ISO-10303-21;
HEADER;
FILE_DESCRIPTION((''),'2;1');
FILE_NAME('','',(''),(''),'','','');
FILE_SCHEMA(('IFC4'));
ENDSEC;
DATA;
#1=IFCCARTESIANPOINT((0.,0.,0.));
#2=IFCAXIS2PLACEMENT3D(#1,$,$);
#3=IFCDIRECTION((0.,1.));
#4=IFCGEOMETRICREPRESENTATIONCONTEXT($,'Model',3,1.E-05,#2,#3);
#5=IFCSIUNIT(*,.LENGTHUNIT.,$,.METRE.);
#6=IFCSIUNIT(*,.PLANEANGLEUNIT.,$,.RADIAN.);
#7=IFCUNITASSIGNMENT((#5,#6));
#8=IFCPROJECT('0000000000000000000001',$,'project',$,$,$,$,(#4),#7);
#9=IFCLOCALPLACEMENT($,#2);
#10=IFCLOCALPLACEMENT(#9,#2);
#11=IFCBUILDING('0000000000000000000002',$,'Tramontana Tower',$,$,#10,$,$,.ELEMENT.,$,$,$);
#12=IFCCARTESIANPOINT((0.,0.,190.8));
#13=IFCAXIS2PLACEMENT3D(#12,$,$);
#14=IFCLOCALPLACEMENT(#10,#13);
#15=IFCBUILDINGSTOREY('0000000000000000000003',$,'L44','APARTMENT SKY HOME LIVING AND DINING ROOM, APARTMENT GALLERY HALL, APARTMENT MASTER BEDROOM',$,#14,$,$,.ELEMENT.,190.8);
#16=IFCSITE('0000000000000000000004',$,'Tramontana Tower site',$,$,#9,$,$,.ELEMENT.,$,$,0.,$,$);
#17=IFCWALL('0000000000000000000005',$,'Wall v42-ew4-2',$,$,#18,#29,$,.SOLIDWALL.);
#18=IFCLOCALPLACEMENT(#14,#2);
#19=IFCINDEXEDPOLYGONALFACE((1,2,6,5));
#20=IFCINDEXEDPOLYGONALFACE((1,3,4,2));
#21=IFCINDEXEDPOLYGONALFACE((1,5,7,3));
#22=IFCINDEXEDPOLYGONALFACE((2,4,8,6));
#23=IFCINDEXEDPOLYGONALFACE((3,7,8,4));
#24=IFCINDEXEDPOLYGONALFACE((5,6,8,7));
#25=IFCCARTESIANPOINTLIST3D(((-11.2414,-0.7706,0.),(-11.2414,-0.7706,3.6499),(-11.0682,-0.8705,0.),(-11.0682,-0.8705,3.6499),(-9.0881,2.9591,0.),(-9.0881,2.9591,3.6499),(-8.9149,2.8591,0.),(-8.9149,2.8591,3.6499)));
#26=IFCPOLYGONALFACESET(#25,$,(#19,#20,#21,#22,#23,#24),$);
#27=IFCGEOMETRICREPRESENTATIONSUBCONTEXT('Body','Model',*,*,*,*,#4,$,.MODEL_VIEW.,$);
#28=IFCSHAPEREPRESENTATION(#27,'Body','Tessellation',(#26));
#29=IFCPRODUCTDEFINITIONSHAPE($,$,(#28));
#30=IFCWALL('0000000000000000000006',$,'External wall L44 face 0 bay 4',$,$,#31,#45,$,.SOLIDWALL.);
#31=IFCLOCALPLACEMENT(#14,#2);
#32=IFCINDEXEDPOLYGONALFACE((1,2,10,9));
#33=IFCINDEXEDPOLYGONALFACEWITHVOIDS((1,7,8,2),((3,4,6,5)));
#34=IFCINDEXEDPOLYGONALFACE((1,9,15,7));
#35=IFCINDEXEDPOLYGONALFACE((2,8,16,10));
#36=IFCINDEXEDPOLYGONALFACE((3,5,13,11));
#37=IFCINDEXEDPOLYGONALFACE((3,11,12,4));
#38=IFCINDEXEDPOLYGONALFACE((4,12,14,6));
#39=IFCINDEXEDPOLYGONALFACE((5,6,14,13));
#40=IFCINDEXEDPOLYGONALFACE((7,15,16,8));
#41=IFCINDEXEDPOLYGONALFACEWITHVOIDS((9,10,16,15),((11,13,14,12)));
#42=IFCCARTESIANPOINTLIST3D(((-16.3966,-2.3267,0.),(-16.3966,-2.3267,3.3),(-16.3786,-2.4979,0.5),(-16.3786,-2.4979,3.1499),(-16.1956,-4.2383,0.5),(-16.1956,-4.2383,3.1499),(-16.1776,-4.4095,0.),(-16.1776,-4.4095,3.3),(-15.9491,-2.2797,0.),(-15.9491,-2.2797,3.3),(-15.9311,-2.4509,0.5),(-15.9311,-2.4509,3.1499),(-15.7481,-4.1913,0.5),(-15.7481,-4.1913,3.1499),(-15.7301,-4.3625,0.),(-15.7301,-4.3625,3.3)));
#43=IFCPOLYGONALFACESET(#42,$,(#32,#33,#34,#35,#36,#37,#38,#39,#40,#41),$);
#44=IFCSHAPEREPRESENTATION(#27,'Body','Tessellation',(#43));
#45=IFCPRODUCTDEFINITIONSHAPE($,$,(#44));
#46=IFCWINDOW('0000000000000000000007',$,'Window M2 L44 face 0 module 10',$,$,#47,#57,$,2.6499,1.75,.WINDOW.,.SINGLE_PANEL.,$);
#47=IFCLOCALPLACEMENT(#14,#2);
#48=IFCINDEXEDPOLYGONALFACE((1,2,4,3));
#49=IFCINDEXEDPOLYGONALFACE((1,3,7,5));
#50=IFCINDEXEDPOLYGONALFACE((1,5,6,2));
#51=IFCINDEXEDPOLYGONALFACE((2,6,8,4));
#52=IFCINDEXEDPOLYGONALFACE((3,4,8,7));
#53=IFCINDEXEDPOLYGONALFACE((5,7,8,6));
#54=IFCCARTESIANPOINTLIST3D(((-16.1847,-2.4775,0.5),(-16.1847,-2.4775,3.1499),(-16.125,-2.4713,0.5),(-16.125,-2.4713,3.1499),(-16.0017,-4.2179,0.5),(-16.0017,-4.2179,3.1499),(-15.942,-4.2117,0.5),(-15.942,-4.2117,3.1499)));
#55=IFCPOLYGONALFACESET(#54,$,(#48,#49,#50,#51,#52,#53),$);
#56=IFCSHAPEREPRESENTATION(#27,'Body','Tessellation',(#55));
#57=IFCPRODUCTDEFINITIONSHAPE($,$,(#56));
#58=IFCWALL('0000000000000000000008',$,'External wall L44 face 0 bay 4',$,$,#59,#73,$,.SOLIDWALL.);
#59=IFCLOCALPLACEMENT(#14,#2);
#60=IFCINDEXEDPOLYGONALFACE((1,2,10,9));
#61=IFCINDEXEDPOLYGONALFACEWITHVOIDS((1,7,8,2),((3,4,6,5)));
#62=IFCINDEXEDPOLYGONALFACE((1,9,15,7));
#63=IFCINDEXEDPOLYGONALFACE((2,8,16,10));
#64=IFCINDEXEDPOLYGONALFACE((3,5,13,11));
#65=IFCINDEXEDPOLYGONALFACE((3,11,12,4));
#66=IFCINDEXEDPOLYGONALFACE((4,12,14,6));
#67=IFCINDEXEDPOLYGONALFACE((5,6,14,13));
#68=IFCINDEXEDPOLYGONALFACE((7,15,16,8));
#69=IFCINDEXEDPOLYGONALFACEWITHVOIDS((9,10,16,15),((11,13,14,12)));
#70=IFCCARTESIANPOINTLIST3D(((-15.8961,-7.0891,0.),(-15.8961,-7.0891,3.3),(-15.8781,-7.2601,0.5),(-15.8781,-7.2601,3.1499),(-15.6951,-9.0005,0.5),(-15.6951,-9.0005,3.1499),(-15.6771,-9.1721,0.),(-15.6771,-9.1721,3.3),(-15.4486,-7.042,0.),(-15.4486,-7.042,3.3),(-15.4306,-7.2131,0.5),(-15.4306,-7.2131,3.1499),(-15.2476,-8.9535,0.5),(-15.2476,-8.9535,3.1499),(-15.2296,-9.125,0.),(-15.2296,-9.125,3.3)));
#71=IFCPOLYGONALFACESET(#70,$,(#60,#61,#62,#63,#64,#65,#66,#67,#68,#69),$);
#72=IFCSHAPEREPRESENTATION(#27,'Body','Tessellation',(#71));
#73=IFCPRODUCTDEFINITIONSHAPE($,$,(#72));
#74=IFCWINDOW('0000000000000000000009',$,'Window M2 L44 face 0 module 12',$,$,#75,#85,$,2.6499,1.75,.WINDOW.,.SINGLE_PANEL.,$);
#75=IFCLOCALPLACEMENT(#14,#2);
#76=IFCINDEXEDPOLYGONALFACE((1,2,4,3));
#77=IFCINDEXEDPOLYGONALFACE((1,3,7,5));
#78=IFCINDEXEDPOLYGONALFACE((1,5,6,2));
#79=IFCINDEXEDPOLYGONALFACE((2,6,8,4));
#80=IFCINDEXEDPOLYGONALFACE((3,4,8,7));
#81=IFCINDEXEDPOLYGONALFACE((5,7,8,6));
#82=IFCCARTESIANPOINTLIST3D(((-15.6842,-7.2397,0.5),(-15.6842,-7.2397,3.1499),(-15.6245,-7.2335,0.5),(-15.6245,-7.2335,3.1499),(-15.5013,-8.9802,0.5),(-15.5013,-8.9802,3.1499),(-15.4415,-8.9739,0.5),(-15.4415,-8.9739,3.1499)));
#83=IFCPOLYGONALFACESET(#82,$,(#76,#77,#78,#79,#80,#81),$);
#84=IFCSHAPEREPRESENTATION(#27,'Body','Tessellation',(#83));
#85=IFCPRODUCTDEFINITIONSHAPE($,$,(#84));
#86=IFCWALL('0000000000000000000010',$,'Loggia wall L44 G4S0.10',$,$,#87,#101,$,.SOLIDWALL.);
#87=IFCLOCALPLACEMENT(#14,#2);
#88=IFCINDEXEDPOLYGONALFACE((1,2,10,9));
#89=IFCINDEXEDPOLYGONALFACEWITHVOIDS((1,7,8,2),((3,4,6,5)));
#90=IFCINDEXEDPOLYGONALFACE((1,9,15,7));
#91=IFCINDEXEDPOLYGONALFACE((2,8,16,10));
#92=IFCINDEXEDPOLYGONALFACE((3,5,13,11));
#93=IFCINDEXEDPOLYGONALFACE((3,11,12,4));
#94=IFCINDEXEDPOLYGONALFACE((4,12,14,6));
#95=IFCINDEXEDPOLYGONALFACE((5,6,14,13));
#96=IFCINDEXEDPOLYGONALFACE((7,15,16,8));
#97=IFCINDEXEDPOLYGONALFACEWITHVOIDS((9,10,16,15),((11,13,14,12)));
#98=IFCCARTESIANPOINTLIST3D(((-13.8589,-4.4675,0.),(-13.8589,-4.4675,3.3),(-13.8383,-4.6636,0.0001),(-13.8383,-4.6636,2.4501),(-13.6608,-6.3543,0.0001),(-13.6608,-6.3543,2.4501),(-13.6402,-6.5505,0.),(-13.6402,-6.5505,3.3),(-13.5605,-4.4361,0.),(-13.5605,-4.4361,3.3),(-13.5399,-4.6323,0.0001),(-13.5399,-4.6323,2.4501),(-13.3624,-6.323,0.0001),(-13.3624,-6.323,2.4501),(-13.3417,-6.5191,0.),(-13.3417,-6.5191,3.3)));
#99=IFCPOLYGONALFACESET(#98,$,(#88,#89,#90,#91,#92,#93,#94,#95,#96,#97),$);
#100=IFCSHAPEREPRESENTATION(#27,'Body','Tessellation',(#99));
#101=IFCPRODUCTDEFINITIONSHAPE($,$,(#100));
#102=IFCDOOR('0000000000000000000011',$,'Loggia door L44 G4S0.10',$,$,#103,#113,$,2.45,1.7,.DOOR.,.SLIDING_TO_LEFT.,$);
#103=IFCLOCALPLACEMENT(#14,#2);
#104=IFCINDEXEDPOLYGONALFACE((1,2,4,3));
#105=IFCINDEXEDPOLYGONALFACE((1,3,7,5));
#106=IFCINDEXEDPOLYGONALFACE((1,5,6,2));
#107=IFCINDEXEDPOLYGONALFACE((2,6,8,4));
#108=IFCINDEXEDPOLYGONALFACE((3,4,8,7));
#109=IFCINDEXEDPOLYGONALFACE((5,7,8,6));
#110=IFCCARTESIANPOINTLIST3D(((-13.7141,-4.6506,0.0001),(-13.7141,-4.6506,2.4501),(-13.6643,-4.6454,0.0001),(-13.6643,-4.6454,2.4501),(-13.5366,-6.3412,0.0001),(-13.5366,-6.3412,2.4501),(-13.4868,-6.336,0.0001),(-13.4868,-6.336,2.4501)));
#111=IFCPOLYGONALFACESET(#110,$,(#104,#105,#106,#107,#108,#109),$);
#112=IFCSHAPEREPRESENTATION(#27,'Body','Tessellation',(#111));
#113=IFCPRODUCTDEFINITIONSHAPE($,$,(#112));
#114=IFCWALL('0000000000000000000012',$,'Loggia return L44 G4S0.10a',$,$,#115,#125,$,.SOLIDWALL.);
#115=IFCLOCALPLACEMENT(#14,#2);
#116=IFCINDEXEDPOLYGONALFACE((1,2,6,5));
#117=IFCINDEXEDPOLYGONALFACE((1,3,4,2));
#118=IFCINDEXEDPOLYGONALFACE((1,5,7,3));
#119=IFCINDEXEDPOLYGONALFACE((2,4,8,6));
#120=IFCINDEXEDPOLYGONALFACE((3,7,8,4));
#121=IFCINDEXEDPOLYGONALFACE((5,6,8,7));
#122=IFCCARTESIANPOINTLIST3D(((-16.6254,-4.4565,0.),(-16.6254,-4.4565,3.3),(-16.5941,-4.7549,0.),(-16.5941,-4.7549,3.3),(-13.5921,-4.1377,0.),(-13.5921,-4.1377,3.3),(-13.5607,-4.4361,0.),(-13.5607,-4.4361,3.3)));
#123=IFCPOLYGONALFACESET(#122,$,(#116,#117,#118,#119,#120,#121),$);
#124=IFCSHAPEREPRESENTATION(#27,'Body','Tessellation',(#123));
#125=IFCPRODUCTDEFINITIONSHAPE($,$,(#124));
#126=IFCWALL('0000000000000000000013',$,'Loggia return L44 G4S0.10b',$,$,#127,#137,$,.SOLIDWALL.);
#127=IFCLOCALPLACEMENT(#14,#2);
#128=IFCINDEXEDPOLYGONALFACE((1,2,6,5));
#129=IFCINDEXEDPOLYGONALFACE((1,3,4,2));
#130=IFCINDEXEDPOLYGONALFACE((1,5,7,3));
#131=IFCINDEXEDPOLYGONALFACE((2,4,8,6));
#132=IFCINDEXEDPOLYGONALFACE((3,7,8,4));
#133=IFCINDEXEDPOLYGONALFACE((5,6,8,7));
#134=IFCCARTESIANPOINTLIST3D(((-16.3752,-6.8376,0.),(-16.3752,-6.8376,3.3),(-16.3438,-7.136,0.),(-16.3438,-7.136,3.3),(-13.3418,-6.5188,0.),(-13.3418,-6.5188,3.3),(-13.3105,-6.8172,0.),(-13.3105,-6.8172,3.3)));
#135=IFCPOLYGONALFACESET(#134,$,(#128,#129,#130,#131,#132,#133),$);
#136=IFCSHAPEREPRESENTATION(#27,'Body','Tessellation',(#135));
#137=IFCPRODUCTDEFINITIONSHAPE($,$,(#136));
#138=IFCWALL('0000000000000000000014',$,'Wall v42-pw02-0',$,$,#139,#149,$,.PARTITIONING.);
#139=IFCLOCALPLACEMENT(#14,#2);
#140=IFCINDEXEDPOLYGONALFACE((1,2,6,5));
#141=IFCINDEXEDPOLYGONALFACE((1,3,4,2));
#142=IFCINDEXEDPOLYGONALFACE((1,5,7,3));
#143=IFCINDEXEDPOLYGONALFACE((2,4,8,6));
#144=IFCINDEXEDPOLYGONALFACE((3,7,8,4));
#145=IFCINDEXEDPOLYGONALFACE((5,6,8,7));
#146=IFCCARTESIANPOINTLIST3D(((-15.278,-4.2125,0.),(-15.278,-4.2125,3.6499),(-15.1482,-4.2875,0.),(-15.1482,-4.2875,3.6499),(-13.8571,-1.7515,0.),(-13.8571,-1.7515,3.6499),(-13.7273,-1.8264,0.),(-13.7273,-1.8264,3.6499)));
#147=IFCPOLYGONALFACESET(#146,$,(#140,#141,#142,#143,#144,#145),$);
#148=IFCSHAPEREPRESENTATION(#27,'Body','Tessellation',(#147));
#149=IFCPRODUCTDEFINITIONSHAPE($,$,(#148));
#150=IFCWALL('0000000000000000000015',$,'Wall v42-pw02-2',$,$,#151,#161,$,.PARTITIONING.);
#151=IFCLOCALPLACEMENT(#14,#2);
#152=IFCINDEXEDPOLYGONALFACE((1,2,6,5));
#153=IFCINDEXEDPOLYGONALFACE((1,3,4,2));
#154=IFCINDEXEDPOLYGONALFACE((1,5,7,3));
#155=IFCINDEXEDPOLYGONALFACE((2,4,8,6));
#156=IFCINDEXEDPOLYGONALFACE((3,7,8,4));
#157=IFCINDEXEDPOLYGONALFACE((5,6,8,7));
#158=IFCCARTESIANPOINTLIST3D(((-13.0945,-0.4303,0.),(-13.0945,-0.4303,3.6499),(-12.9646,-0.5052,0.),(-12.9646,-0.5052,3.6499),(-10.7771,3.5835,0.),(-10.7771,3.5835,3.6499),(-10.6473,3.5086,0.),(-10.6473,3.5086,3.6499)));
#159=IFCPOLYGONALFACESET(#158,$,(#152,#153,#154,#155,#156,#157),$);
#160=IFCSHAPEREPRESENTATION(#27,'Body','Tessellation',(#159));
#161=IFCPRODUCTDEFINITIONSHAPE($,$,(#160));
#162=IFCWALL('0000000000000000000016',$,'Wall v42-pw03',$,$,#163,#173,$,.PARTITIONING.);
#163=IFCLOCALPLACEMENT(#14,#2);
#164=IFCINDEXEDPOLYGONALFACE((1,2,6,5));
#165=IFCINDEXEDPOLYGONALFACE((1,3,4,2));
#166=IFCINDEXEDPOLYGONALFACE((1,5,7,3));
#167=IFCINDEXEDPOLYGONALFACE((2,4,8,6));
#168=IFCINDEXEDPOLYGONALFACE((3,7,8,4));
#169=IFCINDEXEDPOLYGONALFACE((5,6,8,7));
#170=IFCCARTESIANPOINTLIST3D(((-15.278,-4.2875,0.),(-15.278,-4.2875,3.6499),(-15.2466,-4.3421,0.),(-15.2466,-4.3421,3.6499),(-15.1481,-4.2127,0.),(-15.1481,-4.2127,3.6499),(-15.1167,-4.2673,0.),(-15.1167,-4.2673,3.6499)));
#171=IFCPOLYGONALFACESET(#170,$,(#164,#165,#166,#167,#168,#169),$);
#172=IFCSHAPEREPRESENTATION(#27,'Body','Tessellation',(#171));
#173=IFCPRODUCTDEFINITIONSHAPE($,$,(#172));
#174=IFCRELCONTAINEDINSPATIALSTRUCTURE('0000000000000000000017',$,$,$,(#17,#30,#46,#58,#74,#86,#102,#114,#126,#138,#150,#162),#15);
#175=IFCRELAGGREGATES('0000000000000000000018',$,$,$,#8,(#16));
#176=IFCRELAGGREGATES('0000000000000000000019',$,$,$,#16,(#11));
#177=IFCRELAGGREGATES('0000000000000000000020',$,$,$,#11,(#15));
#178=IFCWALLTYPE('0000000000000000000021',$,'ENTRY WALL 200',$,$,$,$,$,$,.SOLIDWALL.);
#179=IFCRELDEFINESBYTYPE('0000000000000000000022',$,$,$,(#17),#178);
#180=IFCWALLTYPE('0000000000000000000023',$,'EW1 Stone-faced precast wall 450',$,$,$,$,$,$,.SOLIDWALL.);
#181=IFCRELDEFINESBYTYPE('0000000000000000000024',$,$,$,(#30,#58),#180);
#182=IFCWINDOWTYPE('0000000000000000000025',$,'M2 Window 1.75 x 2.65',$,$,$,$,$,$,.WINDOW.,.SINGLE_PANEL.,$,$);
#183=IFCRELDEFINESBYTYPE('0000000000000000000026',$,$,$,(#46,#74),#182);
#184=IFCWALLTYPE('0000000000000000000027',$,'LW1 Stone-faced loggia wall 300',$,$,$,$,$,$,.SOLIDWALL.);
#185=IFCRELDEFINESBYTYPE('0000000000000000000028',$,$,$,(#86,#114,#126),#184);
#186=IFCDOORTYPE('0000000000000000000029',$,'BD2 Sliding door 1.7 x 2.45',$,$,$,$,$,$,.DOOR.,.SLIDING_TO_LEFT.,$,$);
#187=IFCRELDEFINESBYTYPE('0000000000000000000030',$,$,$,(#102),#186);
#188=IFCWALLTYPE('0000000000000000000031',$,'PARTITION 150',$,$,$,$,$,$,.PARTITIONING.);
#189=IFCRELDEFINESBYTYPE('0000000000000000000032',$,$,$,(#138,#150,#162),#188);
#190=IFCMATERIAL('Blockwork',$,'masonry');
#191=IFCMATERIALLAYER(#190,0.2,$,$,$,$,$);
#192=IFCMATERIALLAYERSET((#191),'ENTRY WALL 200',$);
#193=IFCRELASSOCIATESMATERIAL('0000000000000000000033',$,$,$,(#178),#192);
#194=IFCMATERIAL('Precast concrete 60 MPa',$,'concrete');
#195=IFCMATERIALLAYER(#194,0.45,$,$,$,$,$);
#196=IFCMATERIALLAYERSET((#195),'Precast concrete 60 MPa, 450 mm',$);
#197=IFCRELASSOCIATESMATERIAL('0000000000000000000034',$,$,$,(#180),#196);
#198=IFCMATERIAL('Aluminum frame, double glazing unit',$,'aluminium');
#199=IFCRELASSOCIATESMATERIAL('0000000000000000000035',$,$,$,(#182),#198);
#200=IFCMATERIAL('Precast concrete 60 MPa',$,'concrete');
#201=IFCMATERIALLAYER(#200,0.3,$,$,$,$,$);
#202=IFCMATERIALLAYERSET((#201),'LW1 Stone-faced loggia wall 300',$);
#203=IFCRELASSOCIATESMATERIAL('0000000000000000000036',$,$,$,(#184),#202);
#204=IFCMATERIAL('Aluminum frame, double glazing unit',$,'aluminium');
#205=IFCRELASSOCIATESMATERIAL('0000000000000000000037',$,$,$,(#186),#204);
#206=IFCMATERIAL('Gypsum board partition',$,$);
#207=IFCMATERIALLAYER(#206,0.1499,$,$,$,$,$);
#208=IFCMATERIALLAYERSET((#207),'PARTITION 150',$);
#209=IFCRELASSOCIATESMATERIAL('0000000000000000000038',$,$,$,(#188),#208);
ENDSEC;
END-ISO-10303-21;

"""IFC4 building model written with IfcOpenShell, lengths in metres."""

from ifc_helpers import new_model, si_unit, direction, frame, frame_2d, origin, place, context, subcontext, project, spatial, rectangle, extrude, material, layer, layer_set, type_object, element, fill, save


model = new_model("IFC4")

# Units and contexts
model_context = context("Model", 3, precision=1e-05, world=origin(), true_north=direction((0.0, 1.0)))
body_context = subcontext(model_context, "Body", "Model", "MODEL_VIEW")
ifc_project = project(units=[si_unit("LENGTHUNIT", "METRE"), si_unit("PLANEANGLEUNIT", "RADIAN")], contexts=[model_context])

# Site, building, storey
site_placement = place(None, origin())
site = spatial("IfcSite", under=ifc_project, at=site_placement, Name="Tramontana Tower site", CompositionType="ELEMENT", RefElevation=0.0)
building_placement = place(site_placement, origin())
building = spatial("IfcBuilding", under=site, at=building_placement, Name="Tramontana Tower", CompositionType="ELEMENT")
storey_placement = place(building_placement, frame((0.0, 0.0, 190.8)))
storey = spatial("IfcBuildingStorey", under=building, at=storey_placement, Name="L44", Description="APARTMENT SKY HOME LIVING AND DINING ROOM, APARTMENT GALLERY HALL, APARTMENT MASTER BEDROOM", CompositionType="ELEMENT", Elevation=190.8)

# Wall
ifc_material_1 = material(Name="Blockwork", Category="masonry")
ifc_layer_1 = layer(ifc_material_1, 0.2)
ifc_layer_set_1 = layer_set([ifc_layer_1], Name="ENTRY WALL 200")
wall_type_1 = type_object("IfcWallType", Name="ENTRY WALL 200", PredefinedType="SOLIDWALL", material=ifc_layer_set_1)
wall_1_placement = place(storey_placement, frame((-11.1548, -0.8206, 0.0), z_axis=(0.0, 0.0, 1.0), x_axis=(0.499992, 0.86603, 0.0)))
element("IfcWall", 1, at=wall_1_placement, inside=storey, type_object=wall_type_1, Name="Wall v42-ew4-2", PredefinedType="SOLIDWALL", context=body_context, shape_type="SweptSolid", body=[
    extrude(rectangle(XDim=4.3066, YDim=0.2, at=frame_2d((2.1533, 0.0))), origin(), (0.0, 0.0, 1.0), 3.6499),
])

# Walls, openings, windows
ifc_material_2 = material(Name="Precast concrete 60 MPa", Category="concrete")
ifc_layer_2 = layer(ifc_material_2, 0.45)
ifc_layer_set_2 = layer_set([ifc_layer_2], Name="Precast concrete 60 MPa, 450 mm")
wall_type_2 = type_object("IfcWallType", Name="EW1 Stone-faced precast wall 450", PredefinedType="SOLIDWALL", material=ifc_layer_set_2)
wall_2_placement = place(storey_placement, frame((-16.1729, -2.3032, 0.0), z_axis=(0.0, 0.0, 1.0), x_axis=(0.104569, -0.994518, 0.0)))
wall_2 = element("IfcWall", 2, at=wall_2_placement, inside=storey, type_object=wall_type_2, Name="External wall L44 face 0 bay 4", PredefinedType="SOLIDWALL", context=body_context, shape_type="SweptSolid", body=[
    extrude(rectangle(XDim=2.0942, YDim=0.45, at=frame_2d((1.0471, 0.0))), origin(), (0.0, 0.0, 1.0), 3.3),
])
opening_1_placement = place(wall_2_placement, frame((0.1721, 0.0, 0.5)))
opening_1 = element("IfcOpeningElement", 3, at=opening_1_placement, cuts=wall_2, PredefinedType="OPENING", context=body_context, shape_type="SweptSolid", body=[
    extrude(rectangle(XDim=1.75, YDim=2.6499, at=frame_2d((0.875, 1.325))), frame((0.0, 0.2349, 0.0), z_axis=(0.0, -1.0, 0.0), x_axis=(1.0, 0.0, 0.0)), (0.0, 0.0, 1.0), 0.47),
])
ifc_material_3 = material(Name="Aluminum frame, double glazing unit", Category="aluminium")
window_type = type_object("IfcWindowType", Name="M2 Window 1.75 x 2.65", PartitioningType="SINGLE_PANEL", PredefinedType="WINDOW", material=ifc_material_3)
window_1_placement = place(opening_1_placement, origin())
window_1 = element("IfcWindow", 4, at=window_1_placement, inside=storey, type_object=window_type, Name="Window M2 L44 face 0 module 10", OverallHeight=2.6499, OverallWidth=1.75, PartitioningType="SINGLE_PANEL", PredefinedType="WINDOW", context=body_context, shape_type="SweptSolid", body=[
    extrude(rectangle(XDim=1.75, YDim=2.6499, at=frame_2d((0.875, 1.325))), frame((0.0, 0.03, 0.0), z_axis=(0.0, -1.0, 0.0), x_axis=(1.0, 0.0, 0.0)), (0.0, 0.0, 1.0), 0.0601),
])
fill(opening_1, window_1)
wall_3_placement = place(storey_placement, frame((-15.6724, -7.0654, 0.0), z_axis=(0.0, 0.0, 1.0), x_axis=(0.104557, -0.994519, 0.0)))
wall_3 = element("IfcWall", 5, at=wall_3_placement, inside=storey, type_object=wall_type_2, Name="External wall L44 face 0 bay 4", PredefinedType="SOLIDWALL", context=body_context, shape_type="SweptSolid", body=[
    extrude(rectangle(XDim=2.0945, YDim=0.45, at=frame_2d((1.0474, 0.0))), origin(), (0.0, 0.0, 1.0), 3.3),
])
opening_2_placement = place(wall_3_placement, frame((0.1721, 0.0, 0.5)))
opening_2 = element("IfcOpeningElement", 6, at=opening_2_placement, cuts=wall_3, PredefinedType="OPENING", context=body_context, shape_type="SweptSolid", body=[
    extrude(rectangle(XDim=1.75, YDim=2.6499, at=frame_2d((0.875, 1.325))), frame((0.0, 0.2349, 0.0), z_axis=(0.0, -1.0, 0.0), x_axis=(1.0, 0.0, 0.0)), (0.0, 0.0, 1.0), 0.47),
])
window_2_placement = place(opening_2_placement, origin())
window_2 = element("IfcWindow", 7, at=window_2_placement, inside=storey, type_object=window_type, Name="Window M2 L44 face 0 module 12", OverallHeight=2.6499, OverallWidth=1.75, PartitioningType="SINGLE_PANEL", PredefinedType="WINDOW", context=body_context, shape_type="SweptSolid", body=[
    extrude(rectangle(XDim=1.75, YDim=2.6499, at=frame_2d((0.875, 1.325))), frame((0.0, 0.03, 0.0), z_axis=(0.0, -1.0, 0.0), x_axis=(1.0, 0.0, 0.0)), (0.0, 0.0, 1.0), 0.0601),
])
fill(opening_2, window_2)

# Wall, opening, door
ifc_material_4 = material(Name="Precast concrete 60 MPa", Category="concrete")
ifc_layer_3 = layer(ifc_material_4, 0.3)
ifc_layer_set_3 = layer_set([ifc_layer_3], Name="LW1 Stone-faced loggia wall 300")
wall_type_3 = type_object("IfcWallType", Name="LW1 Stone-faced loggia wall 300", PredefinedType="SOLIDWALL", material=ifc_layer_set_3)
wall_4_placement = place(storey_placement, frame((-13.7097, -4.4517, 0.0), z_axis=(0.0, 0.0, 1.0), x_axis=(0.104442, -0.994531, 0.0)))
wall_4 = element("IfcWall", 8, at=wall_4_placement, inside=storey, type_object=wall_type_3, Name="Loggia wall L44 G4S0.10", PredefinedType="SOLIDWALL", context=body_context, shape_type="SweptSolid", body=[
    extrude(rectangle(XDim=2.0945, YDim=0.3, at=frame_2d((1.0474, 0.0))), origin(), (0.0, 0.0, 1.0), 3.3),
])
opening_3_placement = place(wall_4_placement, frame((0.1973, 0.0, 0.0)))
opening_3 = element("IfcOpeningElement", 9, at=opening_3_placement, cuts=wall_4, PredefinedType="OPENING", context=body_context, shape_type="SweptSolid", body=[
    extrude(rectangle(XDim=1.7, YDim=2.45, at=frame_2d((0.8501, 1.2251))), frame((0.0, 0.1599, 0.0), z_axis=(0.0, -1.0, 0.0), x_axis=(1.0, 0.0, 0.0)), (0.0, 0.0, 1.0), 0.3201),
])
ifc_material_5 = material(Name="Aluminum frame, double glazing unit", Category="aluminium")
door_type_1 = type_object("IfcDoorType", Name="BD2 Sliding door 1.7 x 2.45", OperationType="SLIDING_TO_LEFT", PredefinedType="DOOR", material=ifc_material_5)
door_1_placement = place(opening_3_placement, origin())
door_1 = element("IfcDoor", 10, at=door_1_placement, inside=storey, type_object=door_type_1, Name="Loggia door L44 G4S0.10", OperationType="SLIDING_TO_LEFT", OverallHeight=2.45, OverallWidth=1.7, PredefinedType="DOOR", context=body_context, shape_type="SweptSolid", body=[
    extrude(rectangle(XDim=1.7, YDim=2.45, at=frame_2d((0.8501, 1.2251))), frame((0.0, 0.0249, 0.0), z_axis=(0.0, -1.0, 0.0), x_axis=(1.0, 0.0, 0.0)), (0.0, 0.0, 1.0), 0.05),
])
fill(opening_3, door_1)

# Walls
for number, where, z_axis, x_axis, name in (
    (11, (-16.6096, -4.6057, 0.0), (0.0, 0.0, 1.0), (0.994521, 0.104535, 0.0), "Loggia return L44 G4S0.10a"),
    (12, (-16.3594, -6.9868, 0.0), (0.0, 0.0, 1.0), (0.994521, 0.104535, 0.0), "Loggia return L44 G4S0.10b"),
):
    element("IfcWall", number, at=place(storey_placement, frame(where, z_axis=z_axis, x_axis=x_axis)), inside=storey, type_object=wall_type_3, Name=name, PredefinedType="SOLIDWALL", context=body_context, shape_type="SweptSolid", body=[
        extrude(rectangle(XDim=3.05, YDim=0.3, at=frame_2d((1.5249, 0.0))), origin(), (0.0, 0.0, 1.0), 3.3),
    ])
ifc_material_6 = material(Name="Gypsum board partition")
ifc_layer_4 = layer(ifc_material_6, 0.1499)
ifc_layer_set_4 = layer_set([ifc_layer_4], Name="PARTITION 150")
wall_type_4 = type_object("IfcWallType", Name="PARTITION 150", PredefinedType="PARTITIONING", material=ifc_layer_set_4)
wall_5_placement = place(storey_placement, frame((-15.2131, -4.25, 0.0), z_axis=(0.0, 0.0, 1.0), x_axis=(0.50002, 0.866014, 0.0)))
element("IfcWall", 13, at=wall_5_placement, inside=storey, type_object=wall_type_4, Name="Wall v42-pw02-0", PredefinedType="PARTITIONING", context=body_context, shape_type="SweptSolid", body=[
    extrude(rectangle(XDim=2.8418, YDim=0.1499, at=frame_2d((1.4209, 0.0))), origin(), (0.0, 0.0, 1.0), 3.6499),
])

# Walls
wall_6_placement = place(storey_placement, frame((-13.0295, -0.4678, 0.0), z_axis=(0.0, 0.0, 1.0), x_axis=(0.499991, 0.86603, 0.0)))
element("IfcWall", 14, at=wall_6_placement, inside=storey, type_object=wall_type_4, Name="Wall v42-pw02-2", PredefinedType="PARTITIONING", context=body_context, shape_type="SweptSolid", body=[
    extrude(rectangle(XDim=4.6348, YDim=0.1499, at=frame_2d((2.3174, 0.0))), origin(), (0.0, 0.0, 1.0), 3.6499),
])
wall_7_placement = place(storey_placement, frame((-15.1816, -4.3047, 0.0), z_axis=(0.0, 0.0, 1.0), x_axis=(-0.499052, 0.866572, 0.0)))
element("IfcWall", 15, at=wall_7_placement, inside=storey, type_object=wall_type_4, Name="Wall v42-pw03", PredefinedType="PARTITIONING", context=body_context, shape_type="SweptSolid", body=[
    extrude(rectangle(XDim=0.063, YDim=0.1499, at=frame_2d((0.0315, 0.0))), origin(), (0.0, 0.0, 1.0), 3.6499),
])

save(model, "model.ifc")
